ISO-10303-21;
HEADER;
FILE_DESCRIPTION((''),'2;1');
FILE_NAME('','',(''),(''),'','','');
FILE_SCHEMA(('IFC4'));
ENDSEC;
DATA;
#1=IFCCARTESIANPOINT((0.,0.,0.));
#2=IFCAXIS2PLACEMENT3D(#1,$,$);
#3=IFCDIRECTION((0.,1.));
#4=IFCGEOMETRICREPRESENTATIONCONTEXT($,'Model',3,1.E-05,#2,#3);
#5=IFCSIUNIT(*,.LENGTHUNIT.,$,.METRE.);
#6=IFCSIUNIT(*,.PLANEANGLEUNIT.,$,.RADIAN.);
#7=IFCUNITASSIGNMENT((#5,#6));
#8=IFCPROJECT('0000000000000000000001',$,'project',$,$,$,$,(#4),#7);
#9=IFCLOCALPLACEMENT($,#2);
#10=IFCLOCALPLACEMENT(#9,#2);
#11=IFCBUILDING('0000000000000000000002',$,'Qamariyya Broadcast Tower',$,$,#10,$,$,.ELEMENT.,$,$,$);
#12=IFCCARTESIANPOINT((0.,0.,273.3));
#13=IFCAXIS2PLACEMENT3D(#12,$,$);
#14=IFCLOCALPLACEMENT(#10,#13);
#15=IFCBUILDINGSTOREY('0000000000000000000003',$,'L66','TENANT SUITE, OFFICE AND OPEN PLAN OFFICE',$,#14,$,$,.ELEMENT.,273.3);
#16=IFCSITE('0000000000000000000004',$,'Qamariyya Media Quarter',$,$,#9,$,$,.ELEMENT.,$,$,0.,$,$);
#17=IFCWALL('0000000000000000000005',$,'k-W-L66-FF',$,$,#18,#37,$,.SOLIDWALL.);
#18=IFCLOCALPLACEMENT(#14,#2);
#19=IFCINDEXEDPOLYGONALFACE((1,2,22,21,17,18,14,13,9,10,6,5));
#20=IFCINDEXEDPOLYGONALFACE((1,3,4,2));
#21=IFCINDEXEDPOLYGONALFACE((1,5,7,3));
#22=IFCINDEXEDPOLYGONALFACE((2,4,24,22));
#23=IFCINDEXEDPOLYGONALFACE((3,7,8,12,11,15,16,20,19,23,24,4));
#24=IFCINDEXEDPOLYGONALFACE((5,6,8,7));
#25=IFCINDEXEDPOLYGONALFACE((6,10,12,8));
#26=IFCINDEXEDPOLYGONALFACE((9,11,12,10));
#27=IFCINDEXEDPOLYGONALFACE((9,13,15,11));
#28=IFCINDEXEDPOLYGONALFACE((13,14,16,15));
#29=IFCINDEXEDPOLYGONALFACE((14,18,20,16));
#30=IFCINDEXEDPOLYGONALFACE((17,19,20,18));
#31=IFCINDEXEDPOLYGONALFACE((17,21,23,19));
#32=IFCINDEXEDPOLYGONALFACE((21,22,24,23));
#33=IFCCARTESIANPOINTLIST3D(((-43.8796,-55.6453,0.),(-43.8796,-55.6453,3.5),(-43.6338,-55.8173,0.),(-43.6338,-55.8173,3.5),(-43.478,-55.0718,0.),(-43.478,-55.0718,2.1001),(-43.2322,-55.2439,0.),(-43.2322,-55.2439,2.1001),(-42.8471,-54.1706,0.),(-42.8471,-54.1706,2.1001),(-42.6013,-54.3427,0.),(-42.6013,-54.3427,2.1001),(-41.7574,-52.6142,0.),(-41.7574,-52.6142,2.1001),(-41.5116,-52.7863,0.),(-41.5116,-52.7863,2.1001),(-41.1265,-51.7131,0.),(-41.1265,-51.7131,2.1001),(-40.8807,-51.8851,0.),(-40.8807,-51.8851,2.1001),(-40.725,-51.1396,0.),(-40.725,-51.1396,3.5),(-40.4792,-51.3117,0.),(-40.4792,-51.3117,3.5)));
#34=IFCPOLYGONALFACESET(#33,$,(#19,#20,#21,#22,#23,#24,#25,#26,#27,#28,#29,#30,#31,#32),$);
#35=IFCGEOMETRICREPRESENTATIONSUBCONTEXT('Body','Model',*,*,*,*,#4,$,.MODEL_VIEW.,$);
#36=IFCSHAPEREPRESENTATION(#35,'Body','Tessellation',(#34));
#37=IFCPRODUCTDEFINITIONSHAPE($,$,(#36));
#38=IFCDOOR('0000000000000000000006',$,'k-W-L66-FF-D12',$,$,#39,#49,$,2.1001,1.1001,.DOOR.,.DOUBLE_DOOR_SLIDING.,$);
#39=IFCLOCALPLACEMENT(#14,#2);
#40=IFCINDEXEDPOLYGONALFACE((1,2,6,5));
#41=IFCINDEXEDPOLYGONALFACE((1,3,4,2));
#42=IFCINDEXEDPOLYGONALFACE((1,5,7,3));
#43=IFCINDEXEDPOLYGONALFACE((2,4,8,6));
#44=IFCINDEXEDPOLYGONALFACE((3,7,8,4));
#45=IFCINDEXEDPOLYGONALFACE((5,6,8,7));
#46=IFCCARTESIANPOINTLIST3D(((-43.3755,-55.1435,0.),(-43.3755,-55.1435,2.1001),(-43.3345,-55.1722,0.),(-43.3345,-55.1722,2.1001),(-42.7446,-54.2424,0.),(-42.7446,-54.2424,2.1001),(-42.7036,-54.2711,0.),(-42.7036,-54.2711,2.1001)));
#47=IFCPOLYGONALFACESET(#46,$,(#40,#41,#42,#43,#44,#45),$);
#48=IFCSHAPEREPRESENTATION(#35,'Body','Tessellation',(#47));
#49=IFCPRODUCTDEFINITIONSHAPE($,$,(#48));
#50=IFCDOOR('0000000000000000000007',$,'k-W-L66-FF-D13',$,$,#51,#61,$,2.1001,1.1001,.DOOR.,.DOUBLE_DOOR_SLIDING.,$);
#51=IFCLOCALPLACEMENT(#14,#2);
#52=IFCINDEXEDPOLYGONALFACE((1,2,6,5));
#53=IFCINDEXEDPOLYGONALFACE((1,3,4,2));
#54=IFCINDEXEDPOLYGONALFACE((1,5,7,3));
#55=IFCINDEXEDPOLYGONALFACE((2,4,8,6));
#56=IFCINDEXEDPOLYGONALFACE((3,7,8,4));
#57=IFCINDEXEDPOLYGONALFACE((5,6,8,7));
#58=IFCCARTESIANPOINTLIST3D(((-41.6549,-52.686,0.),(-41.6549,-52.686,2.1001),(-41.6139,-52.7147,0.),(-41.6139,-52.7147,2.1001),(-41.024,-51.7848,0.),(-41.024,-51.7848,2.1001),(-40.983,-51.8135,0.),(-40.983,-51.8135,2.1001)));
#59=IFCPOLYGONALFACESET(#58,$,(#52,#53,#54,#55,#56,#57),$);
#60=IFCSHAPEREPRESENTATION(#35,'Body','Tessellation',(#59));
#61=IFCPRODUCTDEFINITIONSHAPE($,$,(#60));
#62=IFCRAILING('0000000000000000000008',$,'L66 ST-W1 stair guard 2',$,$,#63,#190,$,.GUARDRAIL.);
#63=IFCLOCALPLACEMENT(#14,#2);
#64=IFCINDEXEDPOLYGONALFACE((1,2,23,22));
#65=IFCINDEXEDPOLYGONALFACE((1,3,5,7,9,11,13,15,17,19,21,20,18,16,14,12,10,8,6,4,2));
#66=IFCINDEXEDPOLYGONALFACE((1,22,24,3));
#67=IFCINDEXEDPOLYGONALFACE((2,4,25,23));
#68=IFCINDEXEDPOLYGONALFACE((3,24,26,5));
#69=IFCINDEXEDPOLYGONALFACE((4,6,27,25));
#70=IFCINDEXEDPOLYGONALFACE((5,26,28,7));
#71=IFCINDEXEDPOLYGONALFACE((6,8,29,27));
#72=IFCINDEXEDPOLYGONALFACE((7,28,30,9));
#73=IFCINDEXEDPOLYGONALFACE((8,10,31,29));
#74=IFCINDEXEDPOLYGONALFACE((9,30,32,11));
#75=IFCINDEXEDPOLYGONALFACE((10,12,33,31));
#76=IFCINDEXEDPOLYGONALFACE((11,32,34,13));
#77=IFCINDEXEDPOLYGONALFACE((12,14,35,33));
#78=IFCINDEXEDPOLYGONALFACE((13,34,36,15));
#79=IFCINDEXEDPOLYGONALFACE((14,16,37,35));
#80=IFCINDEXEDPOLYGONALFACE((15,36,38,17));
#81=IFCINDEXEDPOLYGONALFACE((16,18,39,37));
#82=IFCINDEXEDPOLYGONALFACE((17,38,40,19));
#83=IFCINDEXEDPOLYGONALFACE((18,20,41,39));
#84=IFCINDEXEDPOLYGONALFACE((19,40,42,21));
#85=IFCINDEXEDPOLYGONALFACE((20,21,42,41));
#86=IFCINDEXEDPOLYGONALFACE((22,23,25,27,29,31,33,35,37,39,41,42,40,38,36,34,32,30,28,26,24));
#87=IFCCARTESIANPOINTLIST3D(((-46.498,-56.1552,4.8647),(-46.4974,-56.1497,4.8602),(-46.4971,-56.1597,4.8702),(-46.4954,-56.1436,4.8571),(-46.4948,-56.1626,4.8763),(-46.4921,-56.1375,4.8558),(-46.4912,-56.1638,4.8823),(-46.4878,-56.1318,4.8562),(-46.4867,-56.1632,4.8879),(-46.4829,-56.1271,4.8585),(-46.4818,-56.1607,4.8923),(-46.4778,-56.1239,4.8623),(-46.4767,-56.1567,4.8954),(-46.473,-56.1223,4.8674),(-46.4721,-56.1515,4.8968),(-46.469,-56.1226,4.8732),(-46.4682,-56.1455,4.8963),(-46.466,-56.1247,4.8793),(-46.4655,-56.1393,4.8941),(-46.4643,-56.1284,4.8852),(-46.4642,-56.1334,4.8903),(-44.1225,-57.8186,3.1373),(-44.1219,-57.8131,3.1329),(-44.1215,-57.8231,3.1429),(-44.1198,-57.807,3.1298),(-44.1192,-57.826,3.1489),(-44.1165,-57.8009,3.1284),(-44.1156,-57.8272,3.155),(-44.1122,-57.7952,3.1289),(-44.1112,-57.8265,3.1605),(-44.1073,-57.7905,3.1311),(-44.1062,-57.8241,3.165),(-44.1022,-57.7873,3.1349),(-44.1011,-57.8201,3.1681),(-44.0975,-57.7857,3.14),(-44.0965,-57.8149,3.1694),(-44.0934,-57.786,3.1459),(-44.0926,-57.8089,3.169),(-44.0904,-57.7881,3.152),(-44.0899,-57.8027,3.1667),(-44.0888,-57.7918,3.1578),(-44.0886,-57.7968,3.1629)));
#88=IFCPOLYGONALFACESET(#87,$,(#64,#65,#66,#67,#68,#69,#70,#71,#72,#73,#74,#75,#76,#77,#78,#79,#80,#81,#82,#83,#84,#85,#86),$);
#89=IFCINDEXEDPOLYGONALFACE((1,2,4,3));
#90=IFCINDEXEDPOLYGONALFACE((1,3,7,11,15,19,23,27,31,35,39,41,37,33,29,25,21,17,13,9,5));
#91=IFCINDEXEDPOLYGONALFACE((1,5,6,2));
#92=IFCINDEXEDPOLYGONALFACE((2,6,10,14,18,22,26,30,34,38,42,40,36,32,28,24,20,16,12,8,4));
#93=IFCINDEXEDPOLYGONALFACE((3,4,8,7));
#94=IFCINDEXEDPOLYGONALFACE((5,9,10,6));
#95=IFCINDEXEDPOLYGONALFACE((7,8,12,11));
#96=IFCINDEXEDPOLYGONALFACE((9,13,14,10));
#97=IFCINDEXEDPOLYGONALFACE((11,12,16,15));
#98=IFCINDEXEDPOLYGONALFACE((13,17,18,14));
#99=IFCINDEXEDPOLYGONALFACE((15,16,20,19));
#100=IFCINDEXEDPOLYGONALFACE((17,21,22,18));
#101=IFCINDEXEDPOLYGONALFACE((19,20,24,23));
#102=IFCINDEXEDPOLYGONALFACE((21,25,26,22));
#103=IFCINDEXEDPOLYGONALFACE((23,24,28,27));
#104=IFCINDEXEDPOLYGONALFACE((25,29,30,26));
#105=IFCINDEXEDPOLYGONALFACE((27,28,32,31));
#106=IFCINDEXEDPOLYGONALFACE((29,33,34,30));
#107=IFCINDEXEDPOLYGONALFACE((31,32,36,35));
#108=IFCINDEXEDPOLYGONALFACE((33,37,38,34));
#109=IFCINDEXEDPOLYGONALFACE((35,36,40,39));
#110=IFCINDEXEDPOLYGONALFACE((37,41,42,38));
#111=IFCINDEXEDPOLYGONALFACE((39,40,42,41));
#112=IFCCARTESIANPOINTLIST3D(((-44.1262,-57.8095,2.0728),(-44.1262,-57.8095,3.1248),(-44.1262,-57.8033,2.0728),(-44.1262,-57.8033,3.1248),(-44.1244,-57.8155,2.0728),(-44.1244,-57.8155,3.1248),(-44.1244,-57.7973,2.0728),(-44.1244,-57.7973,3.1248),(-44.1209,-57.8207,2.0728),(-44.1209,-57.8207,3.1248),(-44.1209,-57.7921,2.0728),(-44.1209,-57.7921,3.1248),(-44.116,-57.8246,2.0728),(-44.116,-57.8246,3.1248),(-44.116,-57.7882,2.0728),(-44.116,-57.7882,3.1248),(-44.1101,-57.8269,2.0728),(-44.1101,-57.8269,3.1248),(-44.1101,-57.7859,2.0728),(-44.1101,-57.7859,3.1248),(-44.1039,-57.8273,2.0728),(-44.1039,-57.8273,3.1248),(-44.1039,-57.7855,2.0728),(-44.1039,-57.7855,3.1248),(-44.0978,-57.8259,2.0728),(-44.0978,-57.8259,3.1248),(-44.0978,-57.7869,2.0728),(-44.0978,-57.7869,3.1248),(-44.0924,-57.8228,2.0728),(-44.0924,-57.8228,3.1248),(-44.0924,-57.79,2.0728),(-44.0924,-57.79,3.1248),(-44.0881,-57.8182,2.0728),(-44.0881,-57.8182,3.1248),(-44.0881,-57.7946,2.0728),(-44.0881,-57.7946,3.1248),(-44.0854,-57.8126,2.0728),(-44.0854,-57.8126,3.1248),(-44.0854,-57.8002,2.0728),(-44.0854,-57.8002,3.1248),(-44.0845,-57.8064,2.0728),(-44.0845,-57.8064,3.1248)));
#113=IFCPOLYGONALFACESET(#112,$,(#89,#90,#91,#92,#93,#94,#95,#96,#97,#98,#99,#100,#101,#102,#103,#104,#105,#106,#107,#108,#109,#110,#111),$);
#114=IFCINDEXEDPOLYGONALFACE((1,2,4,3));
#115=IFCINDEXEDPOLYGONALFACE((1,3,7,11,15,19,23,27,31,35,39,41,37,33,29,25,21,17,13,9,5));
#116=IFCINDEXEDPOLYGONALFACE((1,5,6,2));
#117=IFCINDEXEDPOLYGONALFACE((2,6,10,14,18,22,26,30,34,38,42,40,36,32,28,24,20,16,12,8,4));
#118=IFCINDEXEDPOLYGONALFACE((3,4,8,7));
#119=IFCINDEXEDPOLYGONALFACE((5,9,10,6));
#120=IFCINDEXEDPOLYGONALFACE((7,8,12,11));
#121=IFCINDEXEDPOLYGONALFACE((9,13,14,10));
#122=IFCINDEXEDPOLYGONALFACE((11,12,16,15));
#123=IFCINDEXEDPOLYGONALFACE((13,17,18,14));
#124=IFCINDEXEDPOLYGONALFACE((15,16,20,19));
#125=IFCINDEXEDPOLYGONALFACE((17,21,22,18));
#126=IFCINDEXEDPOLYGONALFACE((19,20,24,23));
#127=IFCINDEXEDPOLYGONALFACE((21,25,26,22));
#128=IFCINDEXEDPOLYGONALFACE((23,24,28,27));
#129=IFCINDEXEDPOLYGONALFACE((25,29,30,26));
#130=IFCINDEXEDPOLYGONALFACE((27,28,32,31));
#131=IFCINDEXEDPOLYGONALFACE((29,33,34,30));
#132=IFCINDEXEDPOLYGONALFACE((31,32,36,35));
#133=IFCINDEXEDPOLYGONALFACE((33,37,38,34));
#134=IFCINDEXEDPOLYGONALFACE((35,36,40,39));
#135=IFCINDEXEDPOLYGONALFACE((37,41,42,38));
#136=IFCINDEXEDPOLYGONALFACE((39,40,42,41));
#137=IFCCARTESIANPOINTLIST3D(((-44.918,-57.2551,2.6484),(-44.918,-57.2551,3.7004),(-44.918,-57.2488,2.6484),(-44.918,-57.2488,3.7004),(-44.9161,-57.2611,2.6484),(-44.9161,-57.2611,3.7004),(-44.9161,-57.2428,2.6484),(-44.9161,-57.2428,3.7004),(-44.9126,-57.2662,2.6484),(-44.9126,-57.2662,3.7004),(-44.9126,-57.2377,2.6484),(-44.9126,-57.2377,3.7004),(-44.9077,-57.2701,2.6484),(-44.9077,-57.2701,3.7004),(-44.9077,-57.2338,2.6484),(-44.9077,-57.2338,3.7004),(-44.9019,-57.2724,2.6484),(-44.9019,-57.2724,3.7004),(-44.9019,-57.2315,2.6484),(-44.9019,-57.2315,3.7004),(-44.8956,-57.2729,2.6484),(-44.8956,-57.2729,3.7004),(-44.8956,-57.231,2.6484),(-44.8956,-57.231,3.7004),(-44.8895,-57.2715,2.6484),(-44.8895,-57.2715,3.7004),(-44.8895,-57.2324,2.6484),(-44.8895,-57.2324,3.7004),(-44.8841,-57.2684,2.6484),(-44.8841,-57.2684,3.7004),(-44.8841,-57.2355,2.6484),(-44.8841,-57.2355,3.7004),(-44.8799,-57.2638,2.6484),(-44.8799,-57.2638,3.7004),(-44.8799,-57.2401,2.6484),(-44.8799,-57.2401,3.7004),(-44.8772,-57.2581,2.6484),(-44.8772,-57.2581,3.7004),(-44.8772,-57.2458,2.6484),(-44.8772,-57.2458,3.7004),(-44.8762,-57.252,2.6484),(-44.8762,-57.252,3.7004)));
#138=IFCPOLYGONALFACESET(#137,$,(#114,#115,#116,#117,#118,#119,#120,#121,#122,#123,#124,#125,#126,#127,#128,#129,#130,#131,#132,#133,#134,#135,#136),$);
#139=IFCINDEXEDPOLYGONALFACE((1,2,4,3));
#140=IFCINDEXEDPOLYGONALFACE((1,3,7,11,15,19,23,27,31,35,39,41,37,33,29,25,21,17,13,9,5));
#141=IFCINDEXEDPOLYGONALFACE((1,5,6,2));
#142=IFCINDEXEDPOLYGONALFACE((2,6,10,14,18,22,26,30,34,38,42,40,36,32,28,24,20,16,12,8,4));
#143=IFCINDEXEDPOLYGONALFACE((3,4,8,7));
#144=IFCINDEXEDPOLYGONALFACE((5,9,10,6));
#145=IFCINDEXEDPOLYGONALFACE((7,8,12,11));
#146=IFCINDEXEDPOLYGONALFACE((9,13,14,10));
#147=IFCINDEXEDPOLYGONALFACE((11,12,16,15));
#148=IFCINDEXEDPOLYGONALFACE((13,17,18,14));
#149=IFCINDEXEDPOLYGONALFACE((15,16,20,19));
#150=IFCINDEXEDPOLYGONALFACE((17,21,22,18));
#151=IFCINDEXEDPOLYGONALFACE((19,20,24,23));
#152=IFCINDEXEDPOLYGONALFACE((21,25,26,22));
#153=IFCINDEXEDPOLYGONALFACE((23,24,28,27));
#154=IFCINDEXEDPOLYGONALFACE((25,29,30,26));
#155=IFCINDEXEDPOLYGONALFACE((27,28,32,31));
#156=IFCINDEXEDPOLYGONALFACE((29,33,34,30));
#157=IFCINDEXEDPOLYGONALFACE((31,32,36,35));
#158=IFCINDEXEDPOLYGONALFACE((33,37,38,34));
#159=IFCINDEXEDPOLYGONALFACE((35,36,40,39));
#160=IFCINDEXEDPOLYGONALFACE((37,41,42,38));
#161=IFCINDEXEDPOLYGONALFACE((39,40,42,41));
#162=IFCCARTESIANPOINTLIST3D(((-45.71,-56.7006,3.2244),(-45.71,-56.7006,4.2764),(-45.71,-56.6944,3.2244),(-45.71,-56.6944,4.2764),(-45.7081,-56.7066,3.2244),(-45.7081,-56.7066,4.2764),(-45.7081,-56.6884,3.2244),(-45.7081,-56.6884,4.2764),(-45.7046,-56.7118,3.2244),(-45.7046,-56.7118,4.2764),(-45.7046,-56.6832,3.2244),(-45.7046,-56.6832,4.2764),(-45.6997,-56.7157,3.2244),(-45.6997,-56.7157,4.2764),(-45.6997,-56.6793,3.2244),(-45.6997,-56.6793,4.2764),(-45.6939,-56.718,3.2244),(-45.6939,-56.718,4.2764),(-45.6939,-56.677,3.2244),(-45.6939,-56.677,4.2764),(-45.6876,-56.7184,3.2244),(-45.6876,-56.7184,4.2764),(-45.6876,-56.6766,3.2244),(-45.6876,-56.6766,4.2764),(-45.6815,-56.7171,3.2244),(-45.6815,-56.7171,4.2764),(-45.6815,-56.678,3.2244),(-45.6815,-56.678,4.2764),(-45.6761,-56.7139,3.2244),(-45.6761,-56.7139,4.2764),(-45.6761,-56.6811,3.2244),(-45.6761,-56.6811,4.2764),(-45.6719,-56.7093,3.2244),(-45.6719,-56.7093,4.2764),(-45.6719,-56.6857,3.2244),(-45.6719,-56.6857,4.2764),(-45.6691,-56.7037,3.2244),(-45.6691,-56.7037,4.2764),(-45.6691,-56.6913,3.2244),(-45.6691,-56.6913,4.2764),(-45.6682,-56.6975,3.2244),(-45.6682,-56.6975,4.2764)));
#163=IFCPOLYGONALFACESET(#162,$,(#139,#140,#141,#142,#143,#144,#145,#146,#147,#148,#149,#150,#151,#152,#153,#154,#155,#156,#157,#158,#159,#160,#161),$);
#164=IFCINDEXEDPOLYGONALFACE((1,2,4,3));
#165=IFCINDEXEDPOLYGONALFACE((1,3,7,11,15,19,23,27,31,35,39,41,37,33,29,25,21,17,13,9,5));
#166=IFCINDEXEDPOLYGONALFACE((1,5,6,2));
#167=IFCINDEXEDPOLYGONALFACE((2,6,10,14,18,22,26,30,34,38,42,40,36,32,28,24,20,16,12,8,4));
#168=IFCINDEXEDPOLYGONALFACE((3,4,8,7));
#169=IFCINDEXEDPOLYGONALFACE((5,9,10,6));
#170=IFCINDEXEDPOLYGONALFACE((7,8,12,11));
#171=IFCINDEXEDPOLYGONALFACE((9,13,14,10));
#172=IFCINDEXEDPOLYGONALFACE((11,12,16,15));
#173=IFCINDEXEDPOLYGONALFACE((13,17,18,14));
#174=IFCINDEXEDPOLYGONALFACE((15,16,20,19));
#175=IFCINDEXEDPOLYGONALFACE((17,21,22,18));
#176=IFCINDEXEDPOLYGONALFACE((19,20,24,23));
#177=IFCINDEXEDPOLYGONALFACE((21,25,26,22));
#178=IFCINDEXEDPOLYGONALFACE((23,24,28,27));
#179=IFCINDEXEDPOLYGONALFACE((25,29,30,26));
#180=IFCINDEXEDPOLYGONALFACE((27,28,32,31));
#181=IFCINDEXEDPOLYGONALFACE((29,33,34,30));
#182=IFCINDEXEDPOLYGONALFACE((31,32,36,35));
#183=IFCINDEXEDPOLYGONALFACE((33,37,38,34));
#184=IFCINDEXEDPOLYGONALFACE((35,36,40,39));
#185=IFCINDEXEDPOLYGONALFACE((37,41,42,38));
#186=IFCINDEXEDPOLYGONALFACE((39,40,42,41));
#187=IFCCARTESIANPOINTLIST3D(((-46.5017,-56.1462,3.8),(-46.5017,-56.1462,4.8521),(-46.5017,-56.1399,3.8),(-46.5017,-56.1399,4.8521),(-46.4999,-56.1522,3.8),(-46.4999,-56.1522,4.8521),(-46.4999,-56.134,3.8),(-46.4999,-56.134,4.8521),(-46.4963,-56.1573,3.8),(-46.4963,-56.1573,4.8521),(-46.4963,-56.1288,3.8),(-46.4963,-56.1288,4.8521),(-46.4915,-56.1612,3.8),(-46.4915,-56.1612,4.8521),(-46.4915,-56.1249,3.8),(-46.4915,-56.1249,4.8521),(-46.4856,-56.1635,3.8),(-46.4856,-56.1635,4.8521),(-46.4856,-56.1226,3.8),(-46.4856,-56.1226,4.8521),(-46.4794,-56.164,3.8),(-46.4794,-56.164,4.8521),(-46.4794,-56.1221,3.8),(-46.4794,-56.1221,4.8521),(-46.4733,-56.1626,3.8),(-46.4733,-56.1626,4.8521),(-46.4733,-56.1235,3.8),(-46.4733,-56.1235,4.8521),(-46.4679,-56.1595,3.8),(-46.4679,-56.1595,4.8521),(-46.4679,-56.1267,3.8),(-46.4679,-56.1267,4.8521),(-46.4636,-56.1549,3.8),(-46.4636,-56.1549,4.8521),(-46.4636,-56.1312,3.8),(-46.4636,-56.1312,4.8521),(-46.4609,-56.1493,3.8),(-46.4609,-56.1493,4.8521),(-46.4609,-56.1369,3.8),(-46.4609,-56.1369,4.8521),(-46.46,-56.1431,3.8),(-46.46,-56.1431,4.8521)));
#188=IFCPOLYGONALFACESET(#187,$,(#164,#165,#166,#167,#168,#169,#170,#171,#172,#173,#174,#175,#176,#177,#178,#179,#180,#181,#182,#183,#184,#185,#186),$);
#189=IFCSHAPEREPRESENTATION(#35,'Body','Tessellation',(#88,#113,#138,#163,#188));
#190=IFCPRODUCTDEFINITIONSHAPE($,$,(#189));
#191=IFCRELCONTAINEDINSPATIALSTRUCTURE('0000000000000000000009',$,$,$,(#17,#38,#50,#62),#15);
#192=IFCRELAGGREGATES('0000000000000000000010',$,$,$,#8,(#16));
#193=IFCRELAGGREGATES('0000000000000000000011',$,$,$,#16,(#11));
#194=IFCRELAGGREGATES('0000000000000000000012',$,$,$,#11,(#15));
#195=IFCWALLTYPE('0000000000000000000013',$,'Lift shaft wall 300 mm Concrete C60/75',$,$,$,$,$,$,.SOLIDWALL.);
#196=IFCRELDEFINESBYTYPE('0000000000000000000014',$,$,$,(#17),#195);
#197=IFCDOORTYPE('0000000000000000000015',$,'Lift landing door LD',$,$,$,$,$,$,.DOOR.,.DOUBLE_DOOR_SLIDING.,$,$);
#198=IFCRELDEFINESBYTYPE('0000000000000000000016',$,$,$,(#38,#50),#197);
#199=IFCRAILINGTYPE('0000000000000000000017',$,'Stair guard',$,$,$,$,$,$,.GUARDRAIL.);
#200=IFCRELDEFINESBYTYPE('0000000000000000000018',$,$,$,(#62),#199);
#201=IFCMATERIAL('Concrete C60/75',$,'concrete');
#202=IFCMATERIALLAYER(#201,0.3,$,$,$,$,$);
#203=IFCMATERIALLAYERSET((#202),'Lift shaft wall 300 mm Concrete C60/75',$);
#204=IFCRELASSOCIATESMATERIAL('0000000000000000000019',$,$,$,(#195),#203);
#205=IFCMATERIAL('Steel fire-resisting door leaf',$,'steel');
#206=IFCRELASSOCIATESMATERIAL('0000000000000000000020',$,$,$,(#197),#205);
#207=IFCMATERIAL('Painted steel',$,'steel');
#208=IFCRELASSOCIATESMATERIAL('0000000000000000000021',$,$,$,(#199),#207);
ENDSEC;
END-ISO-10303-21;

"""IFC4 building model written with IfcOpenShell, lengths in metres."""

from ifc_helpers import new_model, si_unit, direction, frame, frame_2d, origin, origin_2d, place, context, subcontext, project, spatial, rectangle, circle, extrude, material, layer, layer_set, type_object, element, fill, save


model = new_model("IFC4")

# Units and contexts
model_context = context("Model", 3, precision=1e-05, world=origin(), true_north=direction((0.0, 1.0)))
body_context = subcontext(model_context, "Body", "Model", "MODEL_VIEW")
ifc_project = project(units=[si_unit("LENGTHUNIT", "METRE"), si_unit("PLANEANGLEUNIT", "RADIAN")], contexts=[model_context])

# Site, building, storey
site_placement = place(None, origin())
site = spatial("IfcSite", under=ifc_project, at=site_placement, Name="Qamariyya Media Quarter", CompositionType="ELEMENT", RefElevation=0.0)
building_placement = place(site_placement, origin())
building = spatial("IfcBuilding", under=site, at=building_placement, Name="Qamariyya Broadcast Tower", CompositionType="ELEMENT")
storey_placement = place(building_placement, frame((0.0, 0.0, 273.3)))
storey = spatial("IfcBuildingStorey", under=building, at=storey_placement, Name="L66", Description="TENANT SUITE, OFFICE AND OPEN PLAN OFFICE", CompositionType="ELEMENT", Elevation=273.3)

# Shared definitions
ifc_material_1 = material(Name="Concrete C60/75", Category="concrete")
ifc_material_2 = material(Name="Steel fire-resisting door leaf", Category="steel")

# Shared definitions
ifc_layer_1 = layer(ifc_material_1, 0.3)
ifc_layer_set_1 = layer_set([ifc_layer_1], Name="Lift shaft wall 300 mm Concrete C60/75")
wall_type_1 = type_object("IfcWallType", Name="Lift shaft wall 300 mm Concrete C60/75", PredefinedType="SOLIDWALL", material=ifc_layer_set_1)

# Wall, openings, doors
wall_1_placement = place(storey_placement, frame((-43.7566, -55.7312, 0.0), z_axis=(0.0, 0.0, 1.0), x_axis=(0.573537, 0.81918, 0.0)))
wall_1 = element("IfcWall", 1, at=wall_1_placement, inside=storey, type_object=wall_type_1, Name="k-W-L66-FF", PredefinedType="SOLIDWALL", context=body_context, shape_type="SweptSolid", body=[
    extrude(rectangle(XDim=5.5002, YDim=0.3, at=frame_2d((2.75, 0.0))), origin(), (0.0, 0.0, 1.0), 3.5),
])
opening_1_placement = place(wall_1_placement, frame((0.7, 0.0, 0.0)))
opening_1 = element("IfcOpeningElement", 2, at=opening_1_placement, cuts=wall_1, PredefinedType="OPENING", context=body_context, shape_type="SweptSolid", body=[
    extrude(rectangle(XDim=1.1001, YDim=2.1001, at=frame_2d((0.55, 1.05))), frame((0.0, 0.1599, 0.0), z_axis=(0.0, -1.0, 0.0), x_axis=(1.0, 0.0, 0.0)), (0.0, 0.0, 1.0), 0.3201),
])
opening_2_placement = place(wall_1_placement, frame((3.7, 0.0, 0.0)))
opening_2 = element("IfcOpeningElement", 3, at=opening_2_placement, cuts=wall_1, PredefinedType="OPENING", context=body_context, shape_type="SweptSolid", body=[
    extrude(rectangle(XDim=1.1001, YDim=2.1001, at=frame_2d((0.55, 1.05))), frame((0.0, 0.1599, 0.0), z_axis=(0.0, -1.0, 0.0), x_axis=(1.0, 0.0, 0.0)), (0.0, 0.0, 1.0), 0.3201),
])
door_type_1 = type_object("IfcDoorType", Name="Lift landing door LD", OperationType="DOUBLE_DOOR_SLIDING", PredefinedType="DOOR", material=ifc_material_2)
door_1_placement = place(opening_1_placement, origin())
door_1 = element("IfcDoor", 4, at=door_1_placement, inside=storey, type_object=door_type_1, Name="k-W-L66-FF-D12", OperationType="DOUBLE_DOOR_SLIDING", OverallHeight=2.1001, OverallWidth=1.1001, PredefinedType="DOOR", context=body_context, shape_type="SweptSolid", body=[
    extrude(rectangle(XDim=1.1001, YDim=2.1001, at=frame_2d((0.55, 1.05))), frame((0.0, 0.0249, 0.0), z_axis=(0.0, -1.0, 0.0), x_axis=(1.0, 0.0, 0.0)), (0.0, 0.0, 1.0), 0.05),
])
fill(opening_1, door_1)
door_2_placement = place(opening_2_placement, origin())
door_2 = element("IfcDoor", 5, at=door_2_placement, inside=storey, type_object=door_type_1, Name="k-W-L66-FF-D13", OperationType="DOUBLE_DOOR_SLIDING", OverallHeight=2.1001, OverallWidth=1.1001, PredefinedType="DOOR", context=body_context, shape_type="SweptSolid", body=[
    extrude(rectangle(XDim=1.1001, YDim=2.1001, at=frame_2d((0.55, 1.05))), frame((0.0, 0.0249, 0.0), z_axis=(0.0, -1.0, 0.0), x_axis=(1.0, 0.0, 0.0)), (0.0, 0.0, 1.0), 0.05),
])
fill(opening_2, door_2)

# Railing
ifc_material_3 = material(Name="Painted steel", Category="steel")
railing_type_1 = type_object("IfcRailingType", Name="Stair guard", PredefinedType="GUARDRAIL", material=ifc_material_3)
railing_1_placement = place(storey_placement, frame((-44.1055, -57.8064, 2.0728)))
element("IfcRailing", 6, at=railing_1_placement, inside=storey, type_object=railing_type_1, Name="L66 ST-W1 stair guard 2", PredefinedType="GUARDRAIL", context=body_context, shape_type="SweptSolid", body=[
    extrude(circle(Radius=0.0239, at=origin_2d()), frame((0.0, 0.0, 1.0762), z_axis=(-0.70377, 0.492784, 0.511734), x_axis=(-0.573575, -0.819153, 0.0)), (0.0, 0.0, 1.0), 3.3755),
    extrude(circle(Radius=0.021, at=origin_2d()), origin(), (0.0, 0.0, 1.0), 1.052),
    extrude(circle(Radius=0.021, at=origin_2d()), frame((-0.7917, 0.5544, 0.5757)), (0.0, 0.0, 1.0), 1.052),
    extrude(circle(Radius=0.021, at=origin_2d()), frame((-1.5837, 1.1089, 1.1516)), (0.0, 0.0, 1.0), 1.052),
    extrude(circle(Radius=0.021, at=origin_2d()), frame((-2.3755, 1.6633, 1.7273)), (0.0, 0.0, 1.0), 1.052),
])

save(model, "model.ifc")
